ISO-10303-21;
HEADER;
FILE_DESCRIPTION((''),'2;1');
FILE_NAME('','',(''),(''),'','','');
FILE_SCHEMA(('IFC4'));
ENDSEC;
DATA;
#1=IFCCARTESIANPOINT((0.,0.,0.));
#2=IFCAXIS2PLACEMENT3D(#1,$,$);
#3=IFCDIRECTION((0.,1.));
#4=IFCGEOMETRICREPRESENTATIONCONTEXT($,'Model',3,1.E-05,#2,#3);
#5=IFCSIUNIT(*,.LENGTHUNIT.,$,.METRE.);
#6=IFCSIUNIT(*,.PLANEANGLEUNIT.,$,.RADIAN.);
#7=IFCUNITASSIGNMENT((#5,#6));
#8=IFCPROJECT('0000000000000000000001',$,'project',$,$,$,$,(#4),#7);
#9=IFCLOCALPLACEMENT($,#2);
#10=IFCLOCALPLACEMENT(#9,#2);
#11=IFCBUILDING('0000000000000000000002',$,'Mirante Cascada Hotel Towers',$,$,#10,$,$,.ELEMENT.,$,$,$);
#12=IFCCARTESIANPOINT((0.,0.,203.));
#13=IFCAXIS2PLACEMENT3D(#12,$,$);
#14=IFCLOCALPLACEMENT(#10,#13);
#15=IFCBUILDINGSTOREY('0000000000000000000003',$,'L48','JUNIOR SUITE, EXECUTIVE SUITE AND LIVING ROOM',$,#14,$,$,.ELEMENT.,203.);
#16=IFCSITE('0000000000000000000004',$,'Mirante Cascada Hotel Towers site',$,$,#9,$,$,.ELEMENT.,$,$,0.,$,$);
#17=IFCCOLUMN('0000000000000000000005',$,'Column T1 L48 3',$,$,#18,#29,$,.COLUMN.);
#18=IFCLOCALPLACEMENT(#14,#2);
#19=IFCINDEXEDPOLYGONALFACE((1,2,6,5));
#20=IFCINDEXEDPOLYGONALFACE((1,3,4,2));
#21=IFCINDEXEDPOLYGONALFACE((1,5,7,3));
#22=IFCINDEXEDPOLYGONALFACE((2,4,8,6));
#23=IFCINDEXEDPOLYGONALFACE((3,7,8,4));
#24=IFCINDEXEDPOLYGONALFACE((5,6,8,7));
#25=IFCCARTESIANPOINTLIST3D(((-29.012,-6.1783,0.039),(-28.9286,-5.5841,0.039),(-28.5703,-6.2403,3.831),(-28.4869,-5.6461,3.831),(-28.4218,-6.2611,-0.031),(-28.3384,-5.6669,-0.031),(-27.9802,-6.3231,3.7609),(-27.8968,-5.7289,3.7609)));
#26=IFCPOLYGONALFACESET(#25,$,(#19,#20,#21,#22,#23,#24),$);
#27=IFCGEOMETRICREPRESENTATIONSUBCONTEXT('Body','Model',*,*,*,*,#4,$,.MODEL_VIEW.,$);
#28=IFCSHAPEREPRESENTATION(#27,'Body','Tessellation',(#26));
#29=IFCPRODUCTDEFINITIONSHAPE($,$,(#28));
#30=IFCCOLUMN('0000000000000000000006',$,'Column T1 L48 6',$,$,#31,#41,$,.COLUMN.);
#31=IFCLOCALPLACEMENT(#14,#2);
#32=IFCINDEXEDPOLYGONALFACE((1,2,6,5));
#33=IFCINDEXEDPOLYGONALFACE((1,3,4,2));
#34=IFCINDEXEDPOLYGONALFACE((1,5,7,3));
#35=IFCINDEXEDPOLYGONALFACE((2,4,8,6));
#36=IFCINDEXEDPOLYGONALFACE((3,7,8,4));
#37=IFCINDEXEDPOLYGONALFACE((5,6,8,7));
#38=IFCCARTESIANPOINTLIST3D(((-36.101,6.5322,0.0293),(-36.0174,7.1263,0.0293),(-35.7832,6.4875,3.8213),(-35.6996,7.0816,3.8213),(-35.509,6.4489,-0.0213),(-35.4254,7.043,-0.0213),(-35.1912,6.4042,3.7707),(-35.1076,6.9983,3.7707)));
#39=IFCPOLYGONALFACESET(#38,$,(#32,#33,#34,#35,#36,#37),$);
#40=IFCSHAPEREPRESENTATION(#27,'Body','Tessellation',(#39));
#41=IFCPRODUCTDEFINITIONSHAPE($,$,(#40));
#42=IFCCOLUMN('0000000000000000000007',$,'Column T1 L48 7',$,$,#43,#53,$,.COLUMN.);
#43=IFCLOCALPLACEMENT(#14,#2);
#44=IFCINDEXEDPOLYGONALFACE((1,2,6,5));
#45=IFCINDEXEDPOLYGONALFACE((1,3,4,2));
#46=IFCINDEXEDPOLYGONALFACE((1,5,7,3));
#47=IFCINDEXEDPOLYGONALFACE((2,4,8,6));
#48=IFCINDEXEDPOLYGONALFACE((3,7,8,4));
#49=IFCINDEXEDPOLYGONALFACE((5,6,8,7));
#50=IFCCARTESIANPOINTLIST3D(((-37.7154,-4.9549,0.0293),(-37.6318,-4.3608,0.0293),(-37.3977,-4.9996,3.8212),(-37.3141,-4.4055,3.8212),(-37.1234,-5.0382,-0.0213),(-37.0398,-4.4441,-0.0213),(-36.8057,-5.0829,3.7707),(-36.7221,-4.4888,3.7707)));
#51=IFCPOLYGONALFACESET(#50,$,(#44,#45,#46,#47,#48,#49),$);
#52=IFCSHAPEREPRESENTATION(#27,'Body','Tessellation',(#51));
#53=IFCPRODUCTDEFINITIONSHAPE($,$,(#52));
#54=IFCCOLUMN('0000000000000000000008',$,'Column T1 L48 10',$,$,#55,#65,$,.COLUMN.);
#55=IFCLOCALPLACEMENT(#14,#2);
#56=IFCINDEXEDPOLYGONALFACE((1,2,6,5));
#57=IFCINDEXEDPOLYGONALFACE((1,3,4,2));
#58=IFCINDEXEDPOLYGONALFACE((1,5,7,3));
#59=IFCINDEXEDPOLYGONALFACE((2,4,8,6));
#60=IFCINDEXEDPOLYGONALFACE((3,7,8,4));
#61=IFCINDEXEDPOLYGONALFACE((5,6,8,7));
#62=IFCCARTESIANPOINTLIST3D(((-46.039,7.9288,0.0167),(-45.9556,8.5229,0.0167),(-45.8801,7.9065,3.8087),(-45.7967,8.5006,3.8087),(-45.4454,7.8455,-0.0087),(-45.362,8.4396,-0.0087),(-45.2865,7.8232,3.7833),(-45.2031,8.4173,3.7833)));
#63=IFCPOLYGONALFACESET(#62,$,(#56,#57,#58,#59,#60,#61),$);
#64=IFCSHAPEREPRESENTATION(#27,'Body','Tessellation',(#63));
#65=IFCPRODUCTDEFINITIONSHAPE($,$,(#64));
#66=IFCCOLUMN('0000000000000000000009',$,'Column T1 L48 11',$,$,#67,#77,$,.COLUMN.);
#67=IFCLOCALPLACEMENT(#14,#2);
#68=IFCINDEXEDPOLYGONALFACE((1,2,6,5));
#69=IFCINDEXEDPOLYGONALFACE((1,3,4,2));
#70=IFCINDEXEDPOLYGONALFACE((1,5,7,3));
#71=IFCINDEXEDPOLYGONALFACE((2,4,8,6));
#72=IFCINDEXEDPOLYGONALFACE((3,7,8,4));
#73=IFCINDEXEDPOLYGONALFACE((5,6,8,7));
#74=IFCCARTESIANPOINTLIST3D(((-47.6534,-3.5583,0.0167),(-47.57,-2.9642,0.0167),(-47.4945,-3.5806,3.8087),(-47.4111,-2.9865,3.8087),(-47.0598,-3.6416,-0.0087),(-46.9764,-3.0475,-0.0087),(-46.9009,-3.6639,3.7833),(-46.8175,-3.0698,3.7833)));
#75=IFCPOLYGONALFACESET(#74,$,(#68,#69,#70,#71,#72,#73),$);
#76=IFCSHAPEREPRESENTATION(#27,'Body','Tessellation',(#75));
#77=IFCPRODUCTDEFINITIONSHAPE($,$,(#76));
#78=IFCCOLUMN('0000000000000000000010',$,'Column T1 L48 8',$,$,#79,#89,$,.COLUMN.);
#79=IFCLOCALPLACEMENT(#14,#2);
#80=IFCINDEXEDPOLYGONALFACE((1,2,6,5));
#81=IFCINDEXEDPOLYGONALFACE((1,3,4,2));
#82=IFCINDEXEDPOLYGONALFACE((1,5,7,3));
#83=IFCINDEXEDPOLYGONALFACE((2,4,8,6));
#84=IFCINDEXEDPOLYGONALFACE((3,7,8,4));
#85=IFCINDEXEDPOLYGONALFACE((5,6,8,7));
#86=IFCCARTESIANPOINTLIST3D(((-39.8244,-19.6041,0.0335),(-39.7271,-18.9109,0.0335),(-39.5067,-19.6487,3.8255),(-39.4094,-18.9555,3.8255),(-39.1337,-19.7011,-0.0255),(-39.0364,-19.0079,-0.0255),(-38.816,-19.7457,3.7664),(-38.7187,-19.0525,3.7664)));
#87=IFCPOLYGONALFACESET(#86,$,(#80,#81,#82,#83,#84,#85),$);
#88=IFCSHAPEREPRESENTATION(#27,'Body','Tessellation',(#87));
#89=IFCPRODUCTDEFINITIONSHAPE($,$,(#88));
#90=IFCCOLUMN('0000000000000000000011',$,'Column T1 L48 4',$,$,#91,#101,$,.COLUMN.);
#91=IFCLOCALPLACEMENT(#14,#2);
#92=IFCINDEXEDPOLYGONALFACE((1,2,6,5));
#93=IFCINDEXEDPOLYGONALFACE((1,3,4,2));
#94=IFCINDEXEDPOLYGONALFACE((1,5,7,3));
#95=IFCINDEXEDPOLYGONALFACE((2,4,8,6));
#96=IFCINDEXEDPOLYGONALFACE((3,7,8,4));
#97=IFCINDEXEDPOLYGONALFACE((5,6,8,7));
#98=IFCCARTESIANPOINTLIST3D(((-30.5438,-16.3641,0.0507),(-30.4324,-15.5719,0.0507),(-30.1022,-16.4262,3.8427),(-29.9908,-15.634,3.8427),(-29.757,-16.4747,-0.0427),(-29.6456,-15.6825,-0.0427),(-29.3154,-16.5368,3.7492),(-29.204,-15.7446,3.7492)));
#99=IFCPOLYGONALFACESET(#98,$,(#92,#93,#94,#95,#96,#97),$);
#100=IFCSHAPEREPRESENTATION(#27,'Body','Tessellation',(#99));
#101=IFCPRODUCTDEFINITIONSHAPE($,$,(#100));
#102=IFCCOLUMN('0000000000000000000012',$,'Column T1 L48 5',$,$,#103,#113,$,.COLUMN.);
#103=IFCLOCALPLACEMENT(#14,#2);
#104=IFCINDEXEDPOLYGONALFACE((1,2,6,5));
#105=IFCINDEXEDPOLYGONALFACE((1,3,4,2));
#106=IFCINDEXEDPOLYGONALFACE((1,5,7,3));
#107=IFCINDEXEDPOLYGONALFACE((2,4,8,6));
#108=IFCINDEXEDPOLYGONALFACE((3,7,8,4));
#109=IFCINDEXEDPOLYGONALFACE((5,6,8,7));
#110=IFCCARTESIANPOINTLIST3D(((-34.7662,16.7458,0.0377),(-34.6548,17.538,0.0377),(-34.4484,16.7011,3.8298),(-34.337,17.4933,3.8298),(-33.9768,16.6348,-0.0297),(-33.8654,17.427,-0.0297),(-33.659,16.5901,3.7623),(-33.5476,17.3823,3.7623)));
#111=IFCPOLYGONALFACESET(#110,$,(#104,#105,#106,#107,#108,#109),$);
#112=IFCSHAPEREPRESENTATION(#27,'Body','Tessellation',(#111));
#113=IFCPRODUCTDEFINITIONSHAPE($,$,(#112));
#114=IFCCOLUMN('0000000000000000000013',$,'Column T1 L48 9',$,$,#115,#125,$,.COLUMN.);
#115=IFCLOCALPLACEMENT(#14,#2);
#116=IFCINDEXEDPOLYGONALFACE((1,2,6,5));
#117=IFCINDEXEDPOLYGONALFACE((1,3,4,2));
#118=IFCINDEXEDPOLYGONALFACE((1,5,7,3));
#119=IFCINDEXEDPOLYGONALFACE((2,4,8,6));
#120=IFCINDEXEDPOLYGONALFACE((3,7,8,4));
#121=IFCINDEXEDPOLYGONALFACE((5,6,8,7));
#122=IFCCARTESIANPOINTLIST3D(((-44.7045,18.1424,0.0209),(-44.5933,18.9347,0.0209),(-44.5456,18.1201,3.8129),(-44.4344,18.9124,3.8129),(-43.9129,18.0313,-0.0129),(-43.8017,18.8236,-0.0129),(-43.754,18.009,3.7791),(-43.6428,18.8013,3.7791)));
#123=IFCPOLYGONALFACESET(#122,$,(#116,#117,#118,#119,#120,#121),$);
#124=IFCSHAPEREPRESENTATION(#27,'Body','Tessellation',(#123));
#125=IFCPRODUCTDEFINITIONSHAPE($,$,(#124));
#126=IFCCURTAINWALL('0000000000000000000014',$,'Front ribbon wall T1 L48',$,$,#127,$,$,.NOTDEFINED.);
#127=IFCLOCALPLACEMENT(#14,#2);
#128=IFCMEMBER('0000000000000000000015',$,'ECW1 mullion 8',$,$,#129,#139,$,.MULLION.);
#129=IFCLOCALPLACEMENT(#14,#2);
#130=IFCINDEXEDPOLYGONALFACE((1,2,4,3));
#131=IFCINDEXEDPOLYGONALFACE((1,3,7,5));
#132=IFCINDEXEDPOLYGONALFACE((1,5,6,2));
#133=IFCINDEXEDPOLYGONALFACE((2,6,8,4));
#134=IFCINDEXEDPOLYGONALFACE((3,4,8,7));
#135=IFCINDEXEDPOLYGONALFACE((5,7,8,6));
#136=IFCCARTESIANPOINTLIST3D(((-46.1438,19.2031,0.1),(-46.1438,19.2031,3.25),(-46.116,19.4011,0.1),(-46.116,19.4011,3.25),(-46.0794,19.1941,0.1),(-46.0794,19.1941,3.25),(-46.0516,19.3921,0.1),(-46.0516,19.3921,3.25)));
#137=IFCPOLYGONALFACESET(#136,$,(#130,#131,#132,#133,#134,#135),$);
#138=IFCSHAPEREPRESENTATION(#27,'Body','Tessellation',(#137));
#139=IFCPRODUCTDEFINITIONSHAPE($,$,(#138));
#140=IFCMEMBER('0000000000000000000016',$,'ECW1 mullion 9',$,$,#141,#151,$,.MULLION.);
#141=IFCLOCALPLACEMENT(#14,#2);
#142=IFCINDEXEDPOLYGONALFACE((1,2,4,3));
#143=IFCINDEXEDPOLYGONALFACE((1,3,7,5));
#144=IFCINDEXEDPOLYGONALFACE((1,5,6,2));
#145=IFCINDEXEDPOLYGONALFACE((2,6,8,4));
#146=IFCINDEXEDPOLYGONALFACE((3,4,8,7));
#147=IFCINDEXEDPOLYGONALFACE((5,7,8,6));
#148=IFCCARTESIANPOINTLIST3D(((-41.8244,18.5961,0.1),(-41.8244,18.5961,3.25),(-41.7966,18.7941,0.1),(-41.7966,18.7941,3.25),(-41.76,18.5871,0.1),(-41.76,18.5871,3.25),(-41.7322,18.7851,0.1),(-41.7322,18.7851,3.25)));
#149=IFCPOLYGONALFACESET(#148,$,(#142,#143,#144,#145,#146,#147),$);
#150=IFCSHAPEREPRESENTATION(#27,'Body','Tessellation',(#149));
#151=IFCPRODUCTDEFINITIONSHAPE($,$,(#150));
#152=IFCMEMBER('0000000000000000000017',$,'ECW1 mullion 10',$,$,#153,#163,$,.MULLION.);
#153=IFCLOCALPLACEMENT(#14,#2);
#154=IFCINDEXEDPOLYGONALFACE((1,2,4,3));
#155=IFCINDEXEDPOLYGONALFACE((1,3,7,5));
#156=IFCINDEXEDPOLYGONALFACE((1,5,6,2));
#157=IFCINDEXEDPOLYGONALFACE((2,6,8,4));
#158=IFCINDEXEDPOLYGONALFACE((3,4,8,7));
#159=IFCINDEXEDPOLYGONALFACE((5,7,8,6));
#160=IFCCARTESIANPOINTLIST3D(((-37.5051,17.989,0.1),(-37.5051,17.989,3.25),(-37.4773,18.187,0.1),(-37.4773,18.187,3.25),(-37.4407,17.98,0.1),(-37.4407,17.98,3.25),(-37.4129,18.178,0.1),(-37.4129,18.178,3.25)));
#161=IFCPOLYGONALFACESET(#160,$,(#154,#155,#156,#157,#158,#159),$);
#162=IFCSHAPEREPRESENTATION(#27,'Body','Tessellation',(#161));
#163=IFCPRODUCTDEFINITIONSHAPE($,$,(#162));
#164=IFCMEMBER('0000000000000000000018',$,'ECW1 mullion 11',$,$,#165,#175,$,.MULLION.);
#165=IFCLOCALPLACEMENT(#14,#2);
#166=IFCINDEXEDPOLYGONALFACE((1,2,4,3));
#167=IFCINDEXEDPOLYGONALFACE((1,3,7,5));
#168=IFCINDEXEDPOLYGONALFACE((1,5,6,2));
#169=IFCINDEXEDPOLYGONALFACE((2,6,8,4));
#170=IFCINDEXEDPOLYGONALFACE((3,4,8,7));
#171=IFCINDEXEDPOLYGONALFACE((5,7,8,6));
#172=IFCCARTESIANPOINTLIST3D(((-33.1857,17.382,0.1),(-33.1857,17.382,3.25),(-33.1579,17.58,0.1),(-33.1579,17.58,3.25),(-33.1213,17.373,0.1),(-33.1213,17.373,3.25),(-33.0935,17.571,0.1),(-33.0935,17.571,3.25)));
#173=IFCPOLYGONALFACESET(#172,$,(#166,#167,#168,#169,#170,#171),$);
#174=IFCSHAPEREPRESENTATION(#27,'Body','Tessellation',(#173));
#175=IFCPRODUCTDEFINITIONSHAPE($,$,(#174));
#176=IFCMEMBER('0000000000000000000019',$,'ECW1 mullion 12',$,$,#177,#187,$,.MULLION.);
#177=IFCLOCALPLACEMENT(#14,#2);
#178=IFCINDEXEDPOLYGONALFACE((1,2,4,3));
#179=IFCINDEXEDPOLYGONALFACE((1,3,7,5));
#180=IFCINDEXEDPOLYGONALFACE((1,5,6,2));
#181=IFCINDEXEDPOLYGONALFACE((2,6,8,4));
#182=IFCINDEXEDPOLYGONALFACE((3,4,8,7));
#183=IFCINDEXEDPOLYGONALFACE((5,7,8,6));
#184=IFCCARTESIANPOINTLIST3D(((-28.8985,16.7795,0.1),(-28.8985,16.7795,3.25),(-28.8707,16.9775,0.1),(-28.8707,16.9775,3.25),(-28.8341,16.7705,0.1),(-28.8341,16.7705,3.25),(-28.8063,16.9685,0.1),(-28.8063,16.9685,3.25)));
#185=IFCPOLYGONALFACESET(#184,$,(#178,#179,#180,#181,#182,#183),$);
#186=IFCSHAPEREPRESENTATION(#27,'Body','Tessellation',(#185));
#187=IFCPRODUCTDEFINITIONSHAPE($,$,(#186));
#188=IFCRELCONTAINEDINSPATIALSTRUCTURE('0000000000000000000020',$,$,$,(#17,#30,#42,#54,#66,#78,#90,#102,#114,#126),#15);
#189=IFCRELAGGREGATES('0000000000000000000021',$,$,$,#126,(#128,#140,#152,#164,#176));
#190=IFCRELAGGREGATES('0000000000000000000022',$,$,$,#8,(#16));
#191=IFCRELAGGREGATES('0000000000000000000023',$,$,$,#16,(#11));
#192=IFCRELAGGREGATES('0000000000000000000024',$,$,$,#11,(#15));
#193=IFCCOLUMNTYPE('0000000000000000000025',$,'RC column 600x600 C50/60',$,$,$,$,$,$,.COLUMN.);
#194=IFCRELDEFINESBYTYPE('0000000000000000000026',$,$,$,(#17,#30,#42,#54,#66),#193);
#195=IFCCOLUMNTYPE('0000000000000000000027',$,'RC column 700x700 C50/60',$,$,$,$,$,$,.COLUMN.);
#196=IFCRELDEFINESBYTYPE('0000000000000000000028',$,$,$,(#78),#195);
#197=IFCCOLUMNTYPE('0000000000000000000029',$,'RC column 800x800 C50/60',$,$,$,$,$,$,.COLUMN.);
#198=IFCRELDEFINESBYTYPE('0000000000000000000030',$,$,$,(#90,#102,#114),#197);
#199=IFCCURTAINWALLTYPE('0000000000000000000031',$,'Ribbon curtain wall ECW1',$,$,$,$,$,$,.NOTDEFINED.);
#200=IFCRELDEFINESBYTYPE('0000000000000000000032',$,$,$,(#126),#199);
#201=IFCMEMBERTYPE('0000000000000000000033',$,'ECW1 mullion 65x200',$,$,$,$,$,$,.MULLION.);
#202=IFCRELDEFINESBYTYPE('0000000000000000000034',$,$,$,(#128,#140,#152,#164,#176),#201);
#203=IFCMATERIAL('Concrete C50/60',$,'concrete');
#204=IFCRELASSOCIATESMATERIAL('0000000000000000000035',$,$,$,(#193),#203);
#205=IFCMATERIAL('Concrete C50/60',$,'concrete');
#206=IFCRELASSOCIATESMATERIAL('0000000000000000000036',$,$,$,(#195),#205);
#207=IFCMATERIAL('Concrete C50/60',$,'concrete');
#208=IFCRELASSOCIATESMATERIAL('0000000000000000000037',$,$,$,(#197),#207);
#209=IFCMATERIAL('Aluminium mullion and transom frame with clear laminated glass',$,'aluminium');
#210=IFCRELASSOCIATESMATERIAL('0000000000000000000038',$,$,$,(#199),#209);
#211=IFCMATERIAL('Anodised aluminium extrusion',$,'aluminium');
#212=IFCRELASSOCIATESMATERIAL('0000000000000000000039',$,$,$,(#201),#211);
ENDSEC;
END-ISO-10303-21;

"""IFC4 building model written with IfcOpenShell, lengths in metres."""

from ifc_helpers import new_model, si_unit, direction, frame, origin, origin_2d, place, context, subcontext, project, spatial, rectangle, extrude, material, material_profile, profile_set, type_object, element, aggregate, save


model = new_model("IFC4")

# Units and contexts
model_context = context("Model", 3, precision=1e-05, world=origin(), true_north=direction((0.0, 1.0)))
body_context = subcontext(model_context, "Body", "Model", "MODEL_VIEW")
ifc_project = project(units=[si_unit("LENGTHUNIT", "METRE"), si_unit("PLANEANGLEUNIT", "RADIAN")], contexts=[model_context])

# Site, building, storey
site_placement = place(None, origin())
site = spatial("IfcSite", under=ifc_project, at=site_placement, Name="Mirante Cascada Hotel Towers site", CompositionType="ELEMENT", RefElevation=0.0)
building_placement = place(site_placement, origin())
building = spatial("IfcBuilding", under=site, at=building_placement, Name="Mirante Cascada Hotel Towers", CompositionType="ELEMENT")
storey_placement = place(building_placement, frame((0.0, 0.0, 203.0)))
storey = spatial("IfcBuildingStorey", under=building, at=storey_placement, Name="L48", Description="JUNIOR SUITE, EXECUTIVE SUITE AND LIVING ROOM", CompositionType="ELEMENT", Elevation=203.0)

# Columns
ifc_material_1 = material(Name="Concrete C50/60", Category="concrete")
ifc_material_profile_1 = material_profile(ifc_material_1, rectangle(XDim=0.6, YDim=0.6, at=origin_2d()), Name="RC column 600x600 C50/60")
ifc_profile_set_1 = profile_set([ifc_material_profile_1], Name="Concrete C50/60")
column_type_1 = type_object("IfcColumnType", Name="RC column 600x600 C50/60", PredefinedType="COLUMN", material=ifc_profile_set_1)
column_1_placement = place(storey_placement, frame((-28.6752, -5.9226, 0.004), z_axis=(0.115684, -0.016238, 0.993153), x_axis=(0.139004, 0.990292, 0.0)))
element("IfcColumn", 1, at=column_1_placement, inside=storey, type_object=column_type_1, Name="Column T1 L48 3", PredefinedType="COLUMN", context=body_context, shape_type="SweptSolid", body=[
    extrude(rectangle(XDim=0.6, YDim=0.6, at=origin_2d()), origin(), (0.0, 0.0, 1.0), 3.8181),
])
column_2_placement = place(storey_placement, frame((-35.7632, 6.7876, 0.004), z_axis=(0.08351, -0.011746, 0.996438), x_axis=(0.139284, 0.990253, 0.0)))
element("IfcColumn", 2, at=column_2_placement, inside=storey, type_object=column_type_1, Name="Column T1 L48 6", PredefinedType="COLUMN", context=body_context, shape_type="SweptSolid", body=[
    extrude(rectangle(XDim=0.6, YDim=0.6, at=origin_2d()), origin(), (0.0, 0.0, 1.0), 3.8056),
])
column_3_placement = place(storey_placement, frame((-37.3776, -4.6995, 0.004), z_axis=(0.083483, -0.011746, 0.99644), x_axis=(0.139326, 0.990247, 0.0)))
element("IfcColumn", 3, at=column_3_placement, inside=storey, type_object=column_type_1, Name="Column T1 L48 7", PredefinedType="COLUMN", context=body_context, shape_type="SweptSolid", body=[
    extrude(rectangle(XDim=0.6, YDim=0.6, at=origin_2d()), origin(), (0.0, 0.0, 1.0), 3.8055),
])
for number, where, z_axis, x_axis, name in (
    (4, (-45.7005, 8.1842, 0.004), (0.041867, -0.005875, 0.999106), (0.138978, 0.990295, 0.0), "Column T1 L48 10"),
    (5, (-47.3149, -3.3029, 0.004), (0.041867, -0.005875, 0.999106), (0.138978, 0.990295, 0.0), "Column T1 L48 11"),
):
    element("IfcColumn", number, at=place(storey_placement, frame(where, z_axis=z_axis, x_axis=x_axis)), inside=storey, type_object=column_type_1, Name=name, PredefinedType="COLUMN", context=body_context, shape_type="SweptSolid", body=[
        extrude(rectangle(XDim=0.6, YDim=0.6, at=origin_2d()), origin(), (0.0, 0.0, 1.0), 3.7954),
    ])
ifc_material_2 = material(Name="Concrete C50/60", Category="concrete")
ifc_material_profile_2 = material_profile(ifc_material_2, rectangle(XDim=0.7, YDim=0.7, at=origin_2d()), Name="RC column 700x700 C50/60")
ifc_profile_set_2 = profile_set([ifc_material_profile_2], Name="Concrete C50/60")
column_type_2 = type_object("IfcColumnType", Name="RC column 700x700 C50/60", PredefinedType="COLUMN", material=ifc_profile_set_2)
column_4_placement = place(storey_placement, frame((-39.4304, -19.306, 0.004), z_axis=(0.083483, -0.01172, 0.99644), x_axis=(0.139021, 0.99029, 0.0)))
element("IfcColumn", 6, at=column_4_placement, inside=storey, type_object=column_type_2, Name="Column T1 L48 8", PredefinedType="COLUMN", context=body_context, shape_type="SweptSolid", body=[
    extrude(rectangle(XDim=0.7, YDim=0.7, at=origin_2d()), origin(), (0.0, 0.0, 1.0), 3.8055),
])
ifc_material_3 = material(Name="Concrete C50/60", Category="concrete")
ifc_material_profile_3 = material_profile(ifc_material_3, rectangle(XDim=0.8, YDim=0.8, at=origin_2d()), Name="RC column 800x800 C50/60")
ifc_profile_set_3 = profile_set([ifc_material_profile_3], Name="Concrete C50/60")
column_type_3 = type_object("IfcColumnType", Name="RC column 800x800 C50/60", PredefinedType="COLUMN", material=ifc_profile_set_3)
column_5_placement = place(storey_placement, frame((-30.0947, -16.0233, 0.004), z_axis=(0.115659, -0.016265, 0.993156), x_axis=(0.139255, 0.990257, 0.0)))
element("IfcColumn", 7, at=column_5_placement, inside=storey, type_object=column_type_3, Name="Column T1 L48 4", PredefinedType="COLUMN", context=body_context, shape_type="SweptSolid", body=[
    extrude(rectangle(XDim=0.8, YDim=0.8, at=origin_2d()), origin(), (0.0, 0.0, 1.0), 3.8181),
])
column_6_placement = place(storey_placement, frame((-34.3158, 17.0864, 0.004), z_axis=(0.08351, -0.011746, 0.996438), x_axis=(0.139284, 0.990253, 0.0)))
element("IfcColumn", 8, at=column_6_placement, inside=storey, type_object=column_type_3, Name="Column T1 L48 5", PredefinedType="COLUMN", context=body_context, shape_type="SweptSolid", body=[
    extrude(rectangle(XDim=0.8, YDim=0.8, at=origin_2d()), origin(), (0.0, 0.0, 1.0), 3.8056),
])
column_7_placement = place(storey_placement, frame((-44.2531, 18.483, 0.004), z_axis=(0.041867, -0.005875, 0.999106), x_axis=(0.138978, 0.990295, 0.0)))
element("IfcColumn", 9, at=column_7_placement, inside=storey, type_object=column_type_3, Name="Column T1 L48 9", PredefinedType="COLUMN", context=body_context, shape_type="SweptSolid", body=[
    extrude(rectangle(XDim=0.8, YDim=0.8, at=origin_2d()), origin(), (0.0, 0.0, 1.0), 3.7954),
])

# Curtain wall, members
ifc_material_4 = material(Name="Aluminium mullion and transom frame with clear laminated glass", Category="aluminium")
curtain_wall_type_1 = type_object("IfcCurtainWallType", Name="Ribbon curtain wall ECW1", PredefinedType="NOTDEFINED", material=ifc_material_4)
curtain_wall_1_placement = place(storey_placement, origin())
curtain_wall_1 = element("IfcCurtainWall", 10, at=curtain_wall_1_placement, inside=storey, type_object=curtain_wall_type_1, Name="Front ribbon wall T1 L48", PredefinedType="NOTDEFINED")
ifc_material_5 = material(Name="Anodised aluminium extrusion", Category="aluminium")
ifc_material_profile_4 = material_profile(ifc_material_5, rectangle(XDim=0.2, YDim=0.065, at=origin_2d()), Name="ECW1 MULLION 65x200")
ifc_profile_set_4 = profile_set([ifc_material_profile_4], Name="Anodised aluminium extrusion")
member_type_1 = type_object("IfcMemberType", Name="ECW1 mullion 65x200", PredefinedType="MULLION", material=ifc_profile_set_4)
member_1_placement = place(storey_placement, frame((-46.0977, 19.2976, 0.1), z_axis=(0.0, 0.0, 1.0), x_axis=(0.139173, 0.990268, 0.0)))
member_1 = element("IfcMember", 11, at=member_1_placement, type_object=member_type_1, Name="ECW1 mullion 8", PredefinedType="MULLION", context=body_context, shape_type="SweptSolid", body=[
    extrude(rectangle(XDim=0.2, YDim=0.065, at=origin_2d()), origin(), (0.0, 0.0, 1.0), 3.15),
])
member_2_placement = place(storey_placement, frame((-41.7783, 18.6906, 0.1), z_axis=(0.0, 0.0, 1.0), x_axis=(0.139173, 0.990268, 0.0)))
member_2 = element("IfcMember", 12, at=member_2_placement, type_object=member_type_1, Name="ECW1 mullion 9", PredefinedType="MULLION", context=body_context, shape_type="SweptSolid", body=[
    extrude(rectangle(XDim=0.2, YDim=0.065, at=origin_2d()), origin(), (0.0, 0.0, 1.0), 3.15),
])
member_3_placement = place(storey_placement, frame((-37.459, 18.0835, 0.1), z_axis=(0.0, 0.0, 1.0), x_axis=(0.139173, 0.990268, 0.0)))
member_3 = element("IfcMember", 13, at=member_3_placement, type_object=member_type_1, Name="ECW1 mullion 10", PredefinedType="MULLION", context=body_context, shape_type="SweptSolid", body=[
    extrude(rectangle(XDim=0.2, YDim=0.065, at=origin_2d()), origin(), (0.0, 0.0, 1.0), 3.15),
])
member_4_placement = place(storey_placement, frame((-33.1396, 17.4765, 0.1), z_axis=(0.0, 0.0, 1.0), x_axis=(0.139173, 0.990268, 0.0)))
member_4 = element("IfcMember", 14, at=member_4_placement, type_object=member_type_1, Name="ECW1 mullion 11", PredefinedType="MULLION", context=body_context, shape_type="SweptSolid", body=[
    extrude(rectangle(XDim=0.2, YDim=0.065, at=origin_2d()), origin(), (0.0, 0.0, 1.0), 3.15),
])
member_5_placement = place(storey_placement, frame((-28.8524, 16.874, 0.1), z_axis=(0.0, 0.0, 1.0), x_axis=(0.139173, 0.990268, 0.0)))
member_5 = element("IfcMember", 15, at=member_5_placement, type_object=member_type_1, Name="ECW1 mullion 12", PredefinedType="MULLION", context=body_context, shape_type="SweptSolid", body=[
    extrude(rectangle(XDim=0.2, YDim=0.065, at=origin_2d()), origin(), (0.0, 0.0, 1.0), 3.15),
])

aggregate(curtain_wall_1, [member_1, member_2, member_3, member_4, member_5])

save(model, "model.ifc")
